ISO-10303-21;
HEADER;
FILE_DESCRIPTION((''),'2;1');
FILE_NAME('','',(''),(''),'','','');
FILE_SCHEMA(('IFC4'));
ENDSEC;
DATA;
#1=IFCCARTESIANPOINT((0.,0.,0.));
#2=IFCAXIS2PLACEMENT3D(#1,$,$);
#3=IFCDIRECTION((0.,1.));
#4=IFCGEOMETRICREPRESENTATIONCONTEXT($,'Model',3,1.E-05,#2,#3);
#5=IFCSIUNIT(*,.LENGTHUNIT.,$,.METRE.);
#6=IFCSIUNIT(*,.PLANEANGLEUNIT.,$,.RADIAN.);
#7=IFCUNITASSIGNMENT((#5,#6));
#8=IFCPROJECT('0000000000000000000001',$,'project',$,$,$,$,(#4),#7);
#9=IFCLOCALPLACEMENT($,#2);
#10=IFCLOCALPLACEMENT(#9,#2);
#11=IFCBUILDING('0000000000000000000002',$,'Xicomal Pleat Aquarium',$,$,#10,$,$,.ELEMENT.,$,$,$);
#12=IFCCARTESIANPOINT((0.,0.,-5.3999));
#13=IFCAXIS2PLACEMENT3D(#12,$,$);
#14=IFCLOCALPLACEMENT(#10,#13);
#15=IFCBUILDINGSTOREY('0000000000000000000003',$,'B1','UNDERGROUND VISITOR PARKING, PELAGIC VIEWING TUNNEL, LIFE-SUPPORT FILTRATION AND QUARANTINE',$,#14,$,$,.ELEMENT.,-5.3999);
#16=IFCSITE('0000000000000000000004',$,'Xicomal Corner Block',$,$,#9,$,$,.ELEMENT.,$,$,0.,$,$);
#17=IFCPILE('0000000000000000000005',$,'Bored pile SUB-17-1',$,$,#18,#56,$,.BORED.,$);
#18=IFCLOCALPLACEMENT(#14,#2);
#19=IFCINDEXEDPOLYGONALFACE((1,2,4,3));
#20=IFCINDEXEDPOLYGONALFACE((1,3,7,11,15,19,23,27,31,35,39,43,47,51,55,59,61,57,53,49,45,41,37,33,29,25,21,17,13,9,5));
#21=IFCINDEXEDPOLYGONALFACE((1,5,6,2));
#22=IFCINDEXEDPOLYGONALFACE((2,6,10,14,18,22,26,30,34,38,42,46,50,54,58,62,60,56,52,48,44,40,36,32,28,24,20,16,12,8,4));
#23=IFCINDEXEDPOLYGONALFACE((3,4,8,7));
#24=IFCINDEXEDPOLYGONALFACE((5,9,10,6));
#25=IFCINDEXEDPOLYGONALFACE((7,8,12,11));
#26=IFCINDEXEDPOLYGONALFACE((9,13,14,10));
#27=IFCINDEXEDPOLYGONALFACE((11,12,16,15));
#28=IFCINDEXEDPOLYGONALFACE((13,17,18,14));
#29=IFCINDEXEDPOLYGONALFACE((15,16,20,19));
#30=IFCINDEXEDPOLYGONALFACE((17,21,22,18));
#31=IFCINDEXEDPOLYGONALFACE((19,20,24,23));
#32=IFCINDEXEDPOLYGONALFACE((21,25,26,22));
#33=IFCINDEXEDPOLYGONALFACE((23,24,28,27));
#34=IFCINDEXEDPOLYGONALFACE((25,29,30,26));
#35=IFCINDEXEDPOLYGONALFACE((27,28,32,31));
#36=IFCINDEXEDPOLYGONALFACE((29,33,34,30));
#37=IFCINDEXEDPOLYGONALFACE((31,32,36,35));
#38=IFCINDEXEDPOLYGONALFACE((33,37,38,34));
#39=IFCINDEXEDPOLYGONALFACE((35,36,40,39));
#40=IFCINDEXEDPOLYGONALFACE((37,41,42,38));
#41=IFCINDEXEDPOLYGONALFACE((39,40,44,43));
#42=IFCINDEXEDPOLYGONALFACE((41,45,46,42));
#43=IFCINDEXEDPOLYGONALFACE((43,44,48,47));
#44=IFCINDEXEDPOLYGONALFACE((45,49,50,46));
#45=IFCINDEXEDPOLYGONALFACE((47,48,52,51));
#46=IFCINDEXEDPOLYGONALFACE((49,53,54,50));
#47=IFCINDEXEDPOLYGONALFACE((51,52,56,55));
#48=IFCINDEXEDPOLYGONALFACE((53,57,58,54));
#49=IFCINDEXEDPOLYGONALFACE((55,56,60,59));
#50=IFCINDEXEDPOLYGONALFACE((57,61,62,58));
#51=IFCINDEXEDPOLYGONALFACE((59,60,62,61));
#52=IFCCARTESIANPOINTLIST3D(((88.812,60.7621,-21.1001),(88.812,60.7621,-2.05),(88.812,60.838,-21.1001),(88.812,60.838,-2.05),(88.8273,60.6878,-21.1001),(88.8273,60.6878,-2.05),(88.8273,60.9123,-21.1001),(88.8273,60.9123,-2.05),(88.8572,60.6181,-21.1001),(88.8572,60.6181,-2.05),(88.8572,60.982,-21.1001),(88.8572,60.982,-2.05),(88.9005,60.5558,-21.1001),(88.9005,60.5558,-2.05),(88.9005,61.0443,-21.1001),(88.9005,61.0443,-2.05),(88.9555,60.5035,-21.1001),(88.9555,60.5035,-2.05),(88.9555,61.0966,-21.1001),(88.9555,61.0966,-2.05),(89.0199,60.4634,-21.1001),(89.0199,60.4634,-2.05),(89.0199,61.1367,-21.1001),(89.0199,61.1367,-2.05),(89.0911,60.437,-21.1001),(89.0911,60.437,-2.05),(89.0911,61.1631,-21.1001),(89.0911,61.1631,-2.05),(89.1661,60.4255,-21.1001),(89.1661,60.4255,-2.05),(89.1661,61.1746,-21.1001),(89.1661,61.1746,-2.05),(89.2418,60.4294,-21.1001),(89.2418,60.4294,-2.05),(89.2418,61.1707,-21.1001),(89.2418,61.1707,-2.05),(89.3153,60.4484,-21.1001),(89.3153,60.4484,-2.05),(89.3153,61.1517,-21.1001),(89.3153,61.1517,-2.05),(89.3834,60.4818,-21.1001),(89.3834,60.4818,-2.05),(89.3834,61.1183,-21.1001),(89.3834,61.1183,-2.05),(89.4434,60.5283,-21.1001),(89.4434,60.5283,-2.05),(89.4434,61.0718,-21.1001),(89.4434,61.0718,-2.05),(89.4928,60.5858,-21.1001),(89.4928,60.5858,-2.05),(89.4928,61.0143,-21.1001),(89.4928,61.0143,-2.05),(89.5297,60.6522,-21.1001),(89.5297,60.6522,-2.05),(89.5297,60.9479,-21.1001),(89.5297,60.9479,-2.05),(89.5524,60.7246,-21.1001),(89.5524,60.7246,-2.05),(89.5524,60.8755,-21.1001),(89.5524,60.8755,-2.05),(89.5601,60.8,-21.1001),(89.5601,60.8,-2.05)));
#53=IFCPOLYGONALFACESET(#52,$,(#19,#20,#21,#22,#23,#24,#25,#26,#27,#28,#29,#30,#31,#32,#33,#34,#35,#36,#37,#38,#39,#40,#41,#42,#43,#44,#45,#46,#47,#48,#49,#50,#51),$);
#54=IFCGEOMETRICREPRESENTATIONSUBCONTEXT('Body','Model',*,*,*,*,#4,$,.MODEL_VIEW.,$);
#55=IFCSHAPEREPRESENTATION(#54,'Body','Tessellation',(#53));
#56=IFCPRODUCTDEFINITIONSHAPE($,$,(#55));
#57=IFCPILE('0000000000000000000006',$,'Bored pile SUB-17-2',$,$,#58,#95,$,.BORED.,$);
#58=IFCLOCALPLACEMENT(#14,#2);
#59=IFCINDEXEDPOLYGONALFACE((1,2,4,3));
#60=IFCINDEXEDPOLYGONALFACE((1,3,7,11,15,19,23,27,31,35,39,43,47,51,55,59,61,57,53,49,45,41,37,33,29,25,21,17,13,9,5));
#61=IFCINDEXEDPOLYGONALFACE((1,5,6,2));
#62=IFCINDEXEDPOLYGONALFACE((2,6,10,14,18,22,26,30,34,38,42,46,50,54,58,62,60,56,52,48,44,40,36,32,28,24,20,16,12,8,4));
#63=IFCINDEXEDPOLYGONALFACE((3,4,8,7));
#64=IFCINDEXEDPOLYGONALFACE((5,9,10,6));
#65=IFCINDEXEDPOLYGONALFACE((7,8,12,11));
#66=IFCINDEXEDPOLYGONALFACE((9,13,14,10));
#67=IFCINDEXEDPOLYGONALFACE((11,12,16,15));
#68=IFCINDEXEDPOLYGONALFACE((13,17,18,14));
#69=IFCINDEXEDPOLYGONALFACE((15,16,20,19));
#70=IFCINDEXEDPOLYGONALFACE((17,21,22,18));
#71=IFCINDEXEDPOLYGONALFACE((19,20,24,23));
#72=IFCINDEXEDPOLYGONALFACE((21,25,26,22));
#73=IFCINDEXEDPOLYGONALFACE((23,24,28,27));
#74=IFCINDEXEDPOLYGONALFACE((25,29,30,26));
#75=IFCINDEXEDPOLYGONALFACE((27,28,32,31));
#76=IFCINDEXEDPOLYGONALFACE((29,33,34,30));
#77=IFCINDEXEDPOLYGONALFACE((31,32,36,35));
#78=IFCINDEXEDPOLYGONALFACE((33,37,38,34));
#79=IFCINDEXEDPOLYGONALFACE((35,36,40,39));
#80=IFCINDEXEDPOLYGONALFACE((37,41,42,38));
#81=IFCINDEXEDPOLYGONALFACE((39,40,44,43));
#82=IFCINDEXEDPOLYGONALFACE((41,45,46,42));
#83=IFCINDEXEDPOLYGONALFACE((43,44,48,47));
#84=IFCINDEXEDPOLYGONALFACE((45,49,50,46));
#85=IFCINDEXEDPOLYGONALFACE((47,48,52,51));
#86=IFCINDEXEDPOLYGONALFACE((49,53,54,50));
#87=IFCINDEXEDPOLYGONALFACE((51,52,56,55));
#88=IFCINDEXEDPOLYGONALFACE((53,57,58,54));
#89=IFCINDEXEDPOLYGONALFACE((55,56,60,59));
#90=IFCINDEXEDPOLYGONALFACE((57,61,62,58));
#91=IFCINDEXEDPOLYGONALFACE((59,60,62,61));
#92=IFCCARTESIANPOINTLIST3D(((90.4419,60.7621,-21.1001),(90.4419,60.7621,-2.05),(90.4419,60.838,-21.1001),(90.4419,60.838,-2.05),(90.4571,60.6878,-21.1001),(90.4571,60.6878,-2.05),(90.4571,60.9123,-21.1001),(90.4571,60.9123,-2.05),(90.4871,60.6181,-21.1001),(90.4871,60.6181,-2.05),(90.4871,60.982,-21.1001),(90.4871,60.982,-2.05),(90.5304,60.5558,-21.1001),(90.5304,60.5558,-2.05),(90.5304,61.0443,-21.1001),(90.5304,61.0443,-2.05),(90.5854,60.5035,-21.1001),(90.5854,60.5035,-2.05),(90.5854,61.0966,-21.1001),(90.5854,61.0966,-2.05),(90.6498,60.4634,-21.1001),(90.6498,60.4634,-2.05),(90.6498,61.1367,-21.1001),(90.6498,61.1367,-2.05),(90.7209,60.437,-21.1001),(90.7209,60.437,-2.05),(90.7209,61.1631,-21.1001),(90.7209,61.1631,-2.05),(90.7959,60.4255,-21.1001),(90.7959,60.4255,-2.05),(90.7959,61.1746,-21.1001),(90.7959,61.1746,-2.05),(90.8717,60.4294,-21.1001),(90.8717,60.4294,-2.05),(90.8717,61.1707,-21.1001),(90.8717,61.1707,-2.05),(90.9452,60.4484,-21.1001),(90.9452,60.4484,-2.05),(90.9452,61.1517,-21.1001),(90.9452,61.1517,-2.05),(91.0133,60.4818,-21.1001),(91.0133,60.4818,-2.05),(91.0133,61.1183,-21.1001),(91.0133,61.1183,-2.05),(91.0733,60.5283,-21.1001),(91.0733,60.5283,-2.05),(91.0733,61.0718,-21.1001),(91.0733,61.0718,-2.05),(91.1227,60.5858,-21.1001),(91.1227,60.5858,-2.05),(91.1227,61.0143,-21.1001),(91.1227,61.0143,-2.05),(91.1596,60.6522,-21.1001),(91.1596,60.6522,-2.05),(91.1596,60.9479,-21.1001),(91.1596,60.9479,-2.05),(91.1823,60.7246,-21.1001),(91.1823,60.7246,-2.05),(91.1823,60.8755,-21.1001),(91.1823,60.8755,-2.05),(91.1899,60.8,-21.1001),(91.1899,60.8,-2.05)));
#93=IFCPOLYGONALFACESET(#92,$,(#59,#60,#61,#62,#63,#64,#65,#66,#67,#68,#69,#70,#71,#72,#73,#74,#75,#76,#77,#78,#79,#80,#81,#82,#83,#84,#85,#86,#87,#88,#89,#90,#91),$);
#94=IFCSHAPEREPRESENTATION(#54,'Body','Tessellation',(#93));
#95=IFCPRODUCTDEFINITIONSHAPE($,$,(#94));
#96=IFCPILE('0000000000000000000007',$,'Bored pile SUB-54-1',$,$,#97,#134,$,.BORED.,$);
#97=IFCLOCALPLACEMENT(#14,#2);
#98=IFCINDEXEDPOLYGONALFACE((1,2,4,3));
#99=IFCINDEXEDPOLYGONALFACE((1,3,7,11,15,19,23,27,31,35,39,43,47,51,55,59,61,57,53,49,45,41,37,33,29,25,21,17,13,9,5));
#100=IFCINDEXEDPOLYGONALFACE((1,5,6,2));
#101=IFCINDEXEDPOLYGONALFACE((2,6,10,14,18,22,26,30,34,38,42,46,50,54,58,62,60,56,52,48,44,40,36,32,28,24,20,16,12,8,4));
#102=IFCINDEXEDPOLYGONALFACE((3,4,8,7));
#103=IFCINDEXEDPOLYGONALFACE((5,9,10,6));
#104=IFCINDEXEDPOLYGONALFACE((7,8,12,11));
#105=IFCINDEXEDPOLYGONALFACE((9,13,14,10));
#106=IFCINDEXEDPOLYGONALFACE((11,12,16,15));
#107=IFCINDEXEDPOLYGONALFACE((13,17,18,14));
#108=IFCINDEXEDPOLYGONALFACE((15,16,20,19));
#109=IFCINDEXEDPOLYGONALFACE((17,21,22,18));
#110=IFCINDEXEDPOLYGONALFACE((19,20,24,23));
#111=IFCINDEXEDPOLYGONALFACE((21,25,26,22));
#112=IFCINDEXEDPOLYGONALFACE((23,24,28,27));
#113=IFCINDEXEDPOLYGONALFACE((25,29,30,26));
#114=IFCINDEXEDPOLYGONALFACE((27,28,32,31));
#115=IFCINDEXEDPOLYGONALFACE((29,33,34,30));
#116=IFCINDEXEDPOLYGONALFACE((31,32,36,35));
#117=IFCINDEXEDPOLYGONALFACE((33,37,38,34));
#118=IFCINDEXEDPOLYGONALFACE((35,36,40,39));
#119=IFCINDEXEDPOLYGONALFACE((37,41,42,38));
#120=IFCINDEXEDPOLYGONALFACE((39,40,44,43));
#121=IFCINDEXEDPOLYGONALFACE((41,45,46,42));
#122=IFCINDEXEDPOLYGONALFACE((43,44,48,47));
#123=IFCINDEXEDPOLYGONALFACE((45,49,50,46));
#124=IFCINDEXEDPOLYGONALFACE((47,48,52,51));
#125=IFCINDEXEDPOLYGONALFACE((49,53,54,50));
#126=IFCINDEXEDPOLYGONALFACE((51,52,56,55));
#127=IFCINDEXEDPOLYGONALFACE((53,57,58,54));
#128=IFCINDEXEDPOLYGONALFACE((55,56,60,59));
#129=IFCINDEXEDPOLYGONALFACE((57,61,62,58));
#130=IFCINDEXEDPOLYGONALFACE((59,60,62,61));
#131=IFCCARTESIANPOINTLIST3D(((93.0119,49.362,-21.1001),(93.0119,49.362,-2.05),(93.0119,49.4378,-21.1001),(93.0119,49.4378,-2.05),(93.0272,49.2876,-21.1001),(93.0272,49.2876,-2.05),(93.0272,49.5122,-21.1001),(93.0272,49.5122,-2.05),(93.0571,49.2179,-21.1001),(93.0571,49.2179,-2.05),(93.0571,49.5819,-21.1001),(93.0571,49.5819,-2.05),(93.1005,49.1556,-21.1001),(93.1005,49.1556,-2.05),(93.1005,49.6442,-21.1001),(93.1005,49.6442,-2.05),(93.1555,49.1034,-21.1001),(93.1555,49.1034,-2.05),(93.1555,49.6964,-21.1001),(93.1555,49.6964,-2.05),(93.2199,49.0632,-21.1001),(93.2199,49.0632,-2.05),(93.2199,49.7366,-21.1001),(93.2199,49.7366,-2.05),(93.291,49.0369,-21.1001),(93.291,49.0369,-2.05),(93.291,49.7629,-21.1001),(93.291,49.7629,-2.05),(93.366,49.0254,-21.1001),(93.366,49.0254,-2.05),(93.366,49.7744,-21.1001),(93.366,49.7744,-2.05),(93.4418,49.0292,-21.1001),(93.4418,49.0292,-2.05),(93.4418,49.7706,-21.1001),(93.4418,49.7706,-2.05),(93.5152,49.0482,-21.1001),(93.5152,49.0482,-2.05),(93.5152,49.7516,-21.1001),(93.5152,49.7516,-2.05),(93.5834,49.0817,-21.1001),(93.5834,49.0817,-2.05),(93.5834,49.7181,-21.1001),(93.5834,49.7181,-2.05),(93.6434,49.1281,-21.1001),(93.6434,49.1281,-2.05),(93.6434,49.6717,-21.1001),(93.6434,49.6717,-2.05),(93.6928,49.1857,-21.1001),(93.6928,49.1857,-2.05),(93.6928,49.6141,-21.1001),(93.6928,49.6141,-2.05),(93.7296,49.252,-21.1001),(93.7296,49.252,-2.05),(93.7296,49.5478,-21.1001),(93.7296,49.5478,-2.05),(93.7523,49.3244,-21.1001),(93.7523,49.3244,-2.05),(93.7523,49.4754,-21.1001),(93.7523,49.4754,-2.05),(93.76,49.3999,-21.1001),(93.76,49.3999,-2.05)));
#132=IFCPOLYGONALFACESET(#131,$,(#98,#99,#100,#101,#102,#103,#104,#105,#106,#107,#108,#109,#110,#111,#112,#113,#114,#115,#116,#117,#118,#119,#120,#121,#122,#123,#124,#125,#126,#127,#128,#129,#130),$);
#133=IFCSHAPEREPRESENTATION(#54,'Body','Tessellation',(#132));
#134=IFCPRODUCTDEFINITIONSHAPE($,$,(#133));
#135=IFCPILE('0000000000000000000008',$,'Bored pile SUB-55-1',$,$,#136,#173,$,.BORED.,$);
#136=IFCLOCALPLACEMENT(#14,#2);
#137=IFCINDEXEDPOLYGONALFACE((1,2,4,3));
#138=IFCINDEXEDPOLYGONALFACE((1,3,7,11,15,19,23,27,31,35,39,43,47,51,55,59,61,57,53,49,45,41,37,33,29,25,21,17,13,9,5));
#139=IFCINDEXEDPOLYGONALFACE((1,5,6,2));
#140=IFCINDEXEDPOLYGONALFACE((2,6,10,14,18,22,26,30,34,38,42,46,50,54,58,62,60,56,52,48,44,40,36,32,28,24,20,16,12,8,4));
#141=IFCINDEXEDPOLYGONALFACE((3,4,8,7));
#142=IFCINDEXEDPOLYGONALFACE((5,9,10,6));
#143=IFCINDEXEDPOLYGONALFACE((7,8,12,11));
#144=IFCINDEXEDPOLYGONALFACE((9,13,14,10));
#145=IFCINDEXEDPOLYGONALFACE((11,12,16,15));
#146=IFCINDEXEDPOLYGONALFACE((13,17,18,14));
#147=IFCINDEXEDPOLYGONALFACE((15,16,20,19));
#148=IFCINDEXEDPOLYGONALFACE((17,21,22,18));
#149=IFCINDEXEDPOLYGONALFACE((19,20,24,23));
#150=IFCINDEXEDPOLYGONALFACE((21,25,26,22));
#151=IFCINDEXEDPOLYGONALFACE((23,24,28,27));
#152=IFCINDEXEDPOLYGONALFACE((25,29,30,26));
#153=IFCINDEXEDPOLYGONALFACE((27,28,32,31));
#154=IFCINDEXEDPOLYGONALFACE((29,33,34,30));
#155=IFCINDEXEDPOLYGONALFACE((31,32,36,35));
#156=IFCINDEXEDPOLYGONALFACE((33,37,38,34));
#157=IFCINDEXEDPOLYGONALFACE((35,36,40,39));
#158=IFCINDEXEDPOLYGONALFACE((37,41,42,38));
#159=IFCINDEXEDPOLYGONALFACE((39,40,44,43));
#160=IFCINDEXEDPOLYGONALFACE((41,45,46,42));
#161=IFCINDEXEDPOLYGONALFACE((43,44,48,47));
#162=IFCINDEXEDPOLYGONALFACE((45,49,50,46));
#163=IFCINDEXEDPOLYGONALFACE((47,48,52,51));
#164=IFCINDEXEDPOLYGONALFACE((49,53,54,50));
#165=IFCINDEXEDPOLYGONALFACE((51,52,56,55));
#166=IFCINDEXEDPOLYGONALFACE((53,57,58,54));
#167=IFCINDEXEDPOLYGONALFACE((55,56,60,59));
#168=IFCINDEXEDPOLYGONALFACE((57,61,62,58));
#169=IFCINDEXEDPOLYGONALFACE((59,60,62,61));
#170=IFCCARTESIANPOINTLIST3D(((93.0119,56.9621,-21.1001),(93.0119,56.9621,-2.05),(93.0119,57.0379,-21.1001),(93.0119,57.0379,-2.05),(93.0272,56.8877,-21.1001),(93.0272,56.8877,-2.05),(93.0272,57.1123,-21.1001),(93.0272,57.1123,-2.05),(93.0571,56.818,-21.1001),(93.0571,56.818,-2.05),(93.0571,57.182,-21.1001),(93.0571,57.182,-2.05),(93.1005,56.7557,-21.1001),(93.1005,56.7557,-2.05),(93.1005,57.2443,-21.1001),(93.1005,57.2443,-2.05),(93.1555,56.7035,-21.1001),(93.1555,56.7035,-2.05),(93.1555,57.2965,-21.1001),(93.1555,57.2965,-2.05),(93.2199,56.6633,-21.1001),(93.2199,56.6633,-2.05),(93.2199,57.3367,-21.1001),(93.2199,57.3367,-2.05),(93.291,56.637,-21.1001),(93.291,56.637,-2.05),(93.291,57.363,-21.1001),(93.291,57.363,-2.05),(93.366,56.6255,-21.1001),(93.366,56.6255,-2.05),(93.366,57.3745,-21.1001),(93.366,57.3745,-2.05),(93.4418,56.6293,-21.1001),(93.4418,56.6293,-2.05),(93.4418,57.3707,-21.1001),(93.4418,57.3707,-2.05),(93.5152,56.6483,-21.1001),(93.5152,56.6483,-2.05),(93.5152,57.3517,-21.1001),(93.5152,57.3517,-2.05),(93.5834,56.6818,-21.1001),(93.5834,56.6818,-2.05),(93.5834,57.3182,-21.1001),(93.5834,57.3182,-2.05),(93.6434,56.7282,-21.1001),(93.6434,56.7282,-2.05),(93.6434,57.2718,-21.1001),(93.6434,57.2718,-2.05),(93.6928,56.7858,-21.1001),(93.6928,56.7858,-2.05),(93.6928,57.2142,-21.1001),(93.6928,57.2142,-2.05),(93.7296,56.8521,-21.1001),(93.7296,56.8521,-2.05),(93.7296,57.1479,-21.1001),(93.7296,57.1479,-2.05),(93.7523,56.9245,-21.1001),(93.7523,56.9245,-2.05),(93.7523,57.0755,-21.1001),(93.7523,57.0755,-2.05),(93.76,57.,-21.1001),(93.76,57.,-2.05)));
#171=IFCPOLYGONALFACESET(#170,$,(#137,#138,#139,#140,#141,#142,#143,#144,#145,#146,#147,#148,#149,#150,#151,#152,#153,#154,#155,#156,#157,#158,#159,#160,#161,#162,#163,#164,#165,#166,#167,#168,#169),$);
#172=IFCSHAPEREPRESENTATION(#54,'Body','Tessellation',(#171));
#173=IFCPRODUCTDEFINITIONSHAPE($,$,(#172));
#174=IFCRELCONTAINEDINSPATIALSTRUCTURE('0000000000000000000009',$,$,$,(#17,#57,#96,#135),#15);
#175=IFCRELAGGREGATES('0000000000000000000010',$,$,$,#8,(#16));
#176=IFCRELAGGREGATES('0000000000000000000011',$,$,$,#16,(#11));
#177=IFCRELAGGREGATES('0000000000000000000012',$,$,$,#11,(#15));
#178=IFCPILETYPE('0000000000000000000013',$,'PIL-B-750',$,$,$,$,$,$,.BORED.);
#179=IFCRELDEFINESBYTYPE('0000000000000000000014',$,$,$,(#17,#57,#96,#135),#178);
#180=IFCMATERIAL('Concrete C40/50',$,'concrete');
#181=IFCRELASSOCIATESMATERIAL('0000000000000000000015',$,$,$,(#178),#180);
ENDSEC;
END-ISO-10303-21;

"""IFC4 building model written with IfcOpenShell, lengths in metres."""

from ifc_helpers import new_model, si_unit, direction, frame, origin, origin_2d, place, context, subcontext, project, spatial, circle, extrude, material, material_profile, profile_set, type_object, element, save


model = new_model("IFC4")

# Units and contexts
model_context = context("Model", 3, precision=1e-05, world=origin(), true_north=direction((0.0, 1.0)))
body_context = subcontext(model_context, "Body", "Model", "MODEL_VIEW")
ifc_project = project(units=[si_unit("LENGTHUNIT", "METRE"), si_unit("PLANEANGLEUNIT", "RADIAN")], contexts=[model_context])

# Site, building, storey
site_placement = place(None, origin())
site = spatial("IfcSite", under=ifc_project, at=site_placement, Name="Xicomal Corner Block", CompositionType="ELEMENT", RefElevation=0.0)
building_placement = place(site_placement, origin())
building = spatial("IfcBuilding", under=site, at=building_placement, Name="Xicomal Pleat Aquarium", CompositionType="ELEMENT")
storey_placement = place(building_placement, frame((0.0, 0.0, -5.3999)))
storey = spatial("IfcBuildingStorey", under=building, at=storey_placement, Name="B1", Description="UNDERGROUND VISITOR PARKING, PELAGIC VIEWING TUNNEL, LIFE-SUPPORT FILTRATION AND QUARANTINE", CompositionType="ELEMENT", Elevation=-5.3999)

# Piles
ifc_material_1 = material(Name="Concrete C40/50", Category="concrete")
ifc_material_profile_1 = material_profile(ifc_material_1, circle(Radius=0.375, at=origin_2d()), Name="BORED PILE D750")
ifc_profile_set_1 = profile_set([ifc_material_profile_1], Name="Concrete C40/50")
pile_type_1 = type_object("IfcPileType", Name="PIL-B-750", PredefinedType="BORED", material=ifc_profile_set_1)
for number, where, z_axis, x_axis, name in (
    (1, (89.1851, 60.8, -2.05), (0.0, 0.0, -1.0), (1.0, 0.0, 0.0), "Bored pile SUB-17-1"),
    (2, (90.8149, 60.8, -2.05), (0.0, 0.0, -1.0), (1.0, 0.0, 0.0), "Bored pile SUB-17-2"),
    (3, (93.385, 49.3999, -2.05), (0.0, 0.0, -1.0), (1.0, 0.0, 0.0), "Bored pile SUB-54-1"),
    (4, (93.385, 57.0, -2.05), (0.0, 0.0, -1.0), (1.0, 0.0, 0.0), "Bored pile SUB-55-1"),
):
    element("IfcPile", number, at=place(storey_placement, frame(where, z_axis=z_axis, x_axis=x_axis)), inside=storey, type_object=pile_type_1, Name=name, PredefinedType="BORED", context=body_context, shape_type="SweptSolid", body=[
        extrude(circle(Radius=0.375, at=origin_2d()), origin(), (0.0, 0.0, 1.0), 19.05),
    ])

save(model, "model.ifc")
